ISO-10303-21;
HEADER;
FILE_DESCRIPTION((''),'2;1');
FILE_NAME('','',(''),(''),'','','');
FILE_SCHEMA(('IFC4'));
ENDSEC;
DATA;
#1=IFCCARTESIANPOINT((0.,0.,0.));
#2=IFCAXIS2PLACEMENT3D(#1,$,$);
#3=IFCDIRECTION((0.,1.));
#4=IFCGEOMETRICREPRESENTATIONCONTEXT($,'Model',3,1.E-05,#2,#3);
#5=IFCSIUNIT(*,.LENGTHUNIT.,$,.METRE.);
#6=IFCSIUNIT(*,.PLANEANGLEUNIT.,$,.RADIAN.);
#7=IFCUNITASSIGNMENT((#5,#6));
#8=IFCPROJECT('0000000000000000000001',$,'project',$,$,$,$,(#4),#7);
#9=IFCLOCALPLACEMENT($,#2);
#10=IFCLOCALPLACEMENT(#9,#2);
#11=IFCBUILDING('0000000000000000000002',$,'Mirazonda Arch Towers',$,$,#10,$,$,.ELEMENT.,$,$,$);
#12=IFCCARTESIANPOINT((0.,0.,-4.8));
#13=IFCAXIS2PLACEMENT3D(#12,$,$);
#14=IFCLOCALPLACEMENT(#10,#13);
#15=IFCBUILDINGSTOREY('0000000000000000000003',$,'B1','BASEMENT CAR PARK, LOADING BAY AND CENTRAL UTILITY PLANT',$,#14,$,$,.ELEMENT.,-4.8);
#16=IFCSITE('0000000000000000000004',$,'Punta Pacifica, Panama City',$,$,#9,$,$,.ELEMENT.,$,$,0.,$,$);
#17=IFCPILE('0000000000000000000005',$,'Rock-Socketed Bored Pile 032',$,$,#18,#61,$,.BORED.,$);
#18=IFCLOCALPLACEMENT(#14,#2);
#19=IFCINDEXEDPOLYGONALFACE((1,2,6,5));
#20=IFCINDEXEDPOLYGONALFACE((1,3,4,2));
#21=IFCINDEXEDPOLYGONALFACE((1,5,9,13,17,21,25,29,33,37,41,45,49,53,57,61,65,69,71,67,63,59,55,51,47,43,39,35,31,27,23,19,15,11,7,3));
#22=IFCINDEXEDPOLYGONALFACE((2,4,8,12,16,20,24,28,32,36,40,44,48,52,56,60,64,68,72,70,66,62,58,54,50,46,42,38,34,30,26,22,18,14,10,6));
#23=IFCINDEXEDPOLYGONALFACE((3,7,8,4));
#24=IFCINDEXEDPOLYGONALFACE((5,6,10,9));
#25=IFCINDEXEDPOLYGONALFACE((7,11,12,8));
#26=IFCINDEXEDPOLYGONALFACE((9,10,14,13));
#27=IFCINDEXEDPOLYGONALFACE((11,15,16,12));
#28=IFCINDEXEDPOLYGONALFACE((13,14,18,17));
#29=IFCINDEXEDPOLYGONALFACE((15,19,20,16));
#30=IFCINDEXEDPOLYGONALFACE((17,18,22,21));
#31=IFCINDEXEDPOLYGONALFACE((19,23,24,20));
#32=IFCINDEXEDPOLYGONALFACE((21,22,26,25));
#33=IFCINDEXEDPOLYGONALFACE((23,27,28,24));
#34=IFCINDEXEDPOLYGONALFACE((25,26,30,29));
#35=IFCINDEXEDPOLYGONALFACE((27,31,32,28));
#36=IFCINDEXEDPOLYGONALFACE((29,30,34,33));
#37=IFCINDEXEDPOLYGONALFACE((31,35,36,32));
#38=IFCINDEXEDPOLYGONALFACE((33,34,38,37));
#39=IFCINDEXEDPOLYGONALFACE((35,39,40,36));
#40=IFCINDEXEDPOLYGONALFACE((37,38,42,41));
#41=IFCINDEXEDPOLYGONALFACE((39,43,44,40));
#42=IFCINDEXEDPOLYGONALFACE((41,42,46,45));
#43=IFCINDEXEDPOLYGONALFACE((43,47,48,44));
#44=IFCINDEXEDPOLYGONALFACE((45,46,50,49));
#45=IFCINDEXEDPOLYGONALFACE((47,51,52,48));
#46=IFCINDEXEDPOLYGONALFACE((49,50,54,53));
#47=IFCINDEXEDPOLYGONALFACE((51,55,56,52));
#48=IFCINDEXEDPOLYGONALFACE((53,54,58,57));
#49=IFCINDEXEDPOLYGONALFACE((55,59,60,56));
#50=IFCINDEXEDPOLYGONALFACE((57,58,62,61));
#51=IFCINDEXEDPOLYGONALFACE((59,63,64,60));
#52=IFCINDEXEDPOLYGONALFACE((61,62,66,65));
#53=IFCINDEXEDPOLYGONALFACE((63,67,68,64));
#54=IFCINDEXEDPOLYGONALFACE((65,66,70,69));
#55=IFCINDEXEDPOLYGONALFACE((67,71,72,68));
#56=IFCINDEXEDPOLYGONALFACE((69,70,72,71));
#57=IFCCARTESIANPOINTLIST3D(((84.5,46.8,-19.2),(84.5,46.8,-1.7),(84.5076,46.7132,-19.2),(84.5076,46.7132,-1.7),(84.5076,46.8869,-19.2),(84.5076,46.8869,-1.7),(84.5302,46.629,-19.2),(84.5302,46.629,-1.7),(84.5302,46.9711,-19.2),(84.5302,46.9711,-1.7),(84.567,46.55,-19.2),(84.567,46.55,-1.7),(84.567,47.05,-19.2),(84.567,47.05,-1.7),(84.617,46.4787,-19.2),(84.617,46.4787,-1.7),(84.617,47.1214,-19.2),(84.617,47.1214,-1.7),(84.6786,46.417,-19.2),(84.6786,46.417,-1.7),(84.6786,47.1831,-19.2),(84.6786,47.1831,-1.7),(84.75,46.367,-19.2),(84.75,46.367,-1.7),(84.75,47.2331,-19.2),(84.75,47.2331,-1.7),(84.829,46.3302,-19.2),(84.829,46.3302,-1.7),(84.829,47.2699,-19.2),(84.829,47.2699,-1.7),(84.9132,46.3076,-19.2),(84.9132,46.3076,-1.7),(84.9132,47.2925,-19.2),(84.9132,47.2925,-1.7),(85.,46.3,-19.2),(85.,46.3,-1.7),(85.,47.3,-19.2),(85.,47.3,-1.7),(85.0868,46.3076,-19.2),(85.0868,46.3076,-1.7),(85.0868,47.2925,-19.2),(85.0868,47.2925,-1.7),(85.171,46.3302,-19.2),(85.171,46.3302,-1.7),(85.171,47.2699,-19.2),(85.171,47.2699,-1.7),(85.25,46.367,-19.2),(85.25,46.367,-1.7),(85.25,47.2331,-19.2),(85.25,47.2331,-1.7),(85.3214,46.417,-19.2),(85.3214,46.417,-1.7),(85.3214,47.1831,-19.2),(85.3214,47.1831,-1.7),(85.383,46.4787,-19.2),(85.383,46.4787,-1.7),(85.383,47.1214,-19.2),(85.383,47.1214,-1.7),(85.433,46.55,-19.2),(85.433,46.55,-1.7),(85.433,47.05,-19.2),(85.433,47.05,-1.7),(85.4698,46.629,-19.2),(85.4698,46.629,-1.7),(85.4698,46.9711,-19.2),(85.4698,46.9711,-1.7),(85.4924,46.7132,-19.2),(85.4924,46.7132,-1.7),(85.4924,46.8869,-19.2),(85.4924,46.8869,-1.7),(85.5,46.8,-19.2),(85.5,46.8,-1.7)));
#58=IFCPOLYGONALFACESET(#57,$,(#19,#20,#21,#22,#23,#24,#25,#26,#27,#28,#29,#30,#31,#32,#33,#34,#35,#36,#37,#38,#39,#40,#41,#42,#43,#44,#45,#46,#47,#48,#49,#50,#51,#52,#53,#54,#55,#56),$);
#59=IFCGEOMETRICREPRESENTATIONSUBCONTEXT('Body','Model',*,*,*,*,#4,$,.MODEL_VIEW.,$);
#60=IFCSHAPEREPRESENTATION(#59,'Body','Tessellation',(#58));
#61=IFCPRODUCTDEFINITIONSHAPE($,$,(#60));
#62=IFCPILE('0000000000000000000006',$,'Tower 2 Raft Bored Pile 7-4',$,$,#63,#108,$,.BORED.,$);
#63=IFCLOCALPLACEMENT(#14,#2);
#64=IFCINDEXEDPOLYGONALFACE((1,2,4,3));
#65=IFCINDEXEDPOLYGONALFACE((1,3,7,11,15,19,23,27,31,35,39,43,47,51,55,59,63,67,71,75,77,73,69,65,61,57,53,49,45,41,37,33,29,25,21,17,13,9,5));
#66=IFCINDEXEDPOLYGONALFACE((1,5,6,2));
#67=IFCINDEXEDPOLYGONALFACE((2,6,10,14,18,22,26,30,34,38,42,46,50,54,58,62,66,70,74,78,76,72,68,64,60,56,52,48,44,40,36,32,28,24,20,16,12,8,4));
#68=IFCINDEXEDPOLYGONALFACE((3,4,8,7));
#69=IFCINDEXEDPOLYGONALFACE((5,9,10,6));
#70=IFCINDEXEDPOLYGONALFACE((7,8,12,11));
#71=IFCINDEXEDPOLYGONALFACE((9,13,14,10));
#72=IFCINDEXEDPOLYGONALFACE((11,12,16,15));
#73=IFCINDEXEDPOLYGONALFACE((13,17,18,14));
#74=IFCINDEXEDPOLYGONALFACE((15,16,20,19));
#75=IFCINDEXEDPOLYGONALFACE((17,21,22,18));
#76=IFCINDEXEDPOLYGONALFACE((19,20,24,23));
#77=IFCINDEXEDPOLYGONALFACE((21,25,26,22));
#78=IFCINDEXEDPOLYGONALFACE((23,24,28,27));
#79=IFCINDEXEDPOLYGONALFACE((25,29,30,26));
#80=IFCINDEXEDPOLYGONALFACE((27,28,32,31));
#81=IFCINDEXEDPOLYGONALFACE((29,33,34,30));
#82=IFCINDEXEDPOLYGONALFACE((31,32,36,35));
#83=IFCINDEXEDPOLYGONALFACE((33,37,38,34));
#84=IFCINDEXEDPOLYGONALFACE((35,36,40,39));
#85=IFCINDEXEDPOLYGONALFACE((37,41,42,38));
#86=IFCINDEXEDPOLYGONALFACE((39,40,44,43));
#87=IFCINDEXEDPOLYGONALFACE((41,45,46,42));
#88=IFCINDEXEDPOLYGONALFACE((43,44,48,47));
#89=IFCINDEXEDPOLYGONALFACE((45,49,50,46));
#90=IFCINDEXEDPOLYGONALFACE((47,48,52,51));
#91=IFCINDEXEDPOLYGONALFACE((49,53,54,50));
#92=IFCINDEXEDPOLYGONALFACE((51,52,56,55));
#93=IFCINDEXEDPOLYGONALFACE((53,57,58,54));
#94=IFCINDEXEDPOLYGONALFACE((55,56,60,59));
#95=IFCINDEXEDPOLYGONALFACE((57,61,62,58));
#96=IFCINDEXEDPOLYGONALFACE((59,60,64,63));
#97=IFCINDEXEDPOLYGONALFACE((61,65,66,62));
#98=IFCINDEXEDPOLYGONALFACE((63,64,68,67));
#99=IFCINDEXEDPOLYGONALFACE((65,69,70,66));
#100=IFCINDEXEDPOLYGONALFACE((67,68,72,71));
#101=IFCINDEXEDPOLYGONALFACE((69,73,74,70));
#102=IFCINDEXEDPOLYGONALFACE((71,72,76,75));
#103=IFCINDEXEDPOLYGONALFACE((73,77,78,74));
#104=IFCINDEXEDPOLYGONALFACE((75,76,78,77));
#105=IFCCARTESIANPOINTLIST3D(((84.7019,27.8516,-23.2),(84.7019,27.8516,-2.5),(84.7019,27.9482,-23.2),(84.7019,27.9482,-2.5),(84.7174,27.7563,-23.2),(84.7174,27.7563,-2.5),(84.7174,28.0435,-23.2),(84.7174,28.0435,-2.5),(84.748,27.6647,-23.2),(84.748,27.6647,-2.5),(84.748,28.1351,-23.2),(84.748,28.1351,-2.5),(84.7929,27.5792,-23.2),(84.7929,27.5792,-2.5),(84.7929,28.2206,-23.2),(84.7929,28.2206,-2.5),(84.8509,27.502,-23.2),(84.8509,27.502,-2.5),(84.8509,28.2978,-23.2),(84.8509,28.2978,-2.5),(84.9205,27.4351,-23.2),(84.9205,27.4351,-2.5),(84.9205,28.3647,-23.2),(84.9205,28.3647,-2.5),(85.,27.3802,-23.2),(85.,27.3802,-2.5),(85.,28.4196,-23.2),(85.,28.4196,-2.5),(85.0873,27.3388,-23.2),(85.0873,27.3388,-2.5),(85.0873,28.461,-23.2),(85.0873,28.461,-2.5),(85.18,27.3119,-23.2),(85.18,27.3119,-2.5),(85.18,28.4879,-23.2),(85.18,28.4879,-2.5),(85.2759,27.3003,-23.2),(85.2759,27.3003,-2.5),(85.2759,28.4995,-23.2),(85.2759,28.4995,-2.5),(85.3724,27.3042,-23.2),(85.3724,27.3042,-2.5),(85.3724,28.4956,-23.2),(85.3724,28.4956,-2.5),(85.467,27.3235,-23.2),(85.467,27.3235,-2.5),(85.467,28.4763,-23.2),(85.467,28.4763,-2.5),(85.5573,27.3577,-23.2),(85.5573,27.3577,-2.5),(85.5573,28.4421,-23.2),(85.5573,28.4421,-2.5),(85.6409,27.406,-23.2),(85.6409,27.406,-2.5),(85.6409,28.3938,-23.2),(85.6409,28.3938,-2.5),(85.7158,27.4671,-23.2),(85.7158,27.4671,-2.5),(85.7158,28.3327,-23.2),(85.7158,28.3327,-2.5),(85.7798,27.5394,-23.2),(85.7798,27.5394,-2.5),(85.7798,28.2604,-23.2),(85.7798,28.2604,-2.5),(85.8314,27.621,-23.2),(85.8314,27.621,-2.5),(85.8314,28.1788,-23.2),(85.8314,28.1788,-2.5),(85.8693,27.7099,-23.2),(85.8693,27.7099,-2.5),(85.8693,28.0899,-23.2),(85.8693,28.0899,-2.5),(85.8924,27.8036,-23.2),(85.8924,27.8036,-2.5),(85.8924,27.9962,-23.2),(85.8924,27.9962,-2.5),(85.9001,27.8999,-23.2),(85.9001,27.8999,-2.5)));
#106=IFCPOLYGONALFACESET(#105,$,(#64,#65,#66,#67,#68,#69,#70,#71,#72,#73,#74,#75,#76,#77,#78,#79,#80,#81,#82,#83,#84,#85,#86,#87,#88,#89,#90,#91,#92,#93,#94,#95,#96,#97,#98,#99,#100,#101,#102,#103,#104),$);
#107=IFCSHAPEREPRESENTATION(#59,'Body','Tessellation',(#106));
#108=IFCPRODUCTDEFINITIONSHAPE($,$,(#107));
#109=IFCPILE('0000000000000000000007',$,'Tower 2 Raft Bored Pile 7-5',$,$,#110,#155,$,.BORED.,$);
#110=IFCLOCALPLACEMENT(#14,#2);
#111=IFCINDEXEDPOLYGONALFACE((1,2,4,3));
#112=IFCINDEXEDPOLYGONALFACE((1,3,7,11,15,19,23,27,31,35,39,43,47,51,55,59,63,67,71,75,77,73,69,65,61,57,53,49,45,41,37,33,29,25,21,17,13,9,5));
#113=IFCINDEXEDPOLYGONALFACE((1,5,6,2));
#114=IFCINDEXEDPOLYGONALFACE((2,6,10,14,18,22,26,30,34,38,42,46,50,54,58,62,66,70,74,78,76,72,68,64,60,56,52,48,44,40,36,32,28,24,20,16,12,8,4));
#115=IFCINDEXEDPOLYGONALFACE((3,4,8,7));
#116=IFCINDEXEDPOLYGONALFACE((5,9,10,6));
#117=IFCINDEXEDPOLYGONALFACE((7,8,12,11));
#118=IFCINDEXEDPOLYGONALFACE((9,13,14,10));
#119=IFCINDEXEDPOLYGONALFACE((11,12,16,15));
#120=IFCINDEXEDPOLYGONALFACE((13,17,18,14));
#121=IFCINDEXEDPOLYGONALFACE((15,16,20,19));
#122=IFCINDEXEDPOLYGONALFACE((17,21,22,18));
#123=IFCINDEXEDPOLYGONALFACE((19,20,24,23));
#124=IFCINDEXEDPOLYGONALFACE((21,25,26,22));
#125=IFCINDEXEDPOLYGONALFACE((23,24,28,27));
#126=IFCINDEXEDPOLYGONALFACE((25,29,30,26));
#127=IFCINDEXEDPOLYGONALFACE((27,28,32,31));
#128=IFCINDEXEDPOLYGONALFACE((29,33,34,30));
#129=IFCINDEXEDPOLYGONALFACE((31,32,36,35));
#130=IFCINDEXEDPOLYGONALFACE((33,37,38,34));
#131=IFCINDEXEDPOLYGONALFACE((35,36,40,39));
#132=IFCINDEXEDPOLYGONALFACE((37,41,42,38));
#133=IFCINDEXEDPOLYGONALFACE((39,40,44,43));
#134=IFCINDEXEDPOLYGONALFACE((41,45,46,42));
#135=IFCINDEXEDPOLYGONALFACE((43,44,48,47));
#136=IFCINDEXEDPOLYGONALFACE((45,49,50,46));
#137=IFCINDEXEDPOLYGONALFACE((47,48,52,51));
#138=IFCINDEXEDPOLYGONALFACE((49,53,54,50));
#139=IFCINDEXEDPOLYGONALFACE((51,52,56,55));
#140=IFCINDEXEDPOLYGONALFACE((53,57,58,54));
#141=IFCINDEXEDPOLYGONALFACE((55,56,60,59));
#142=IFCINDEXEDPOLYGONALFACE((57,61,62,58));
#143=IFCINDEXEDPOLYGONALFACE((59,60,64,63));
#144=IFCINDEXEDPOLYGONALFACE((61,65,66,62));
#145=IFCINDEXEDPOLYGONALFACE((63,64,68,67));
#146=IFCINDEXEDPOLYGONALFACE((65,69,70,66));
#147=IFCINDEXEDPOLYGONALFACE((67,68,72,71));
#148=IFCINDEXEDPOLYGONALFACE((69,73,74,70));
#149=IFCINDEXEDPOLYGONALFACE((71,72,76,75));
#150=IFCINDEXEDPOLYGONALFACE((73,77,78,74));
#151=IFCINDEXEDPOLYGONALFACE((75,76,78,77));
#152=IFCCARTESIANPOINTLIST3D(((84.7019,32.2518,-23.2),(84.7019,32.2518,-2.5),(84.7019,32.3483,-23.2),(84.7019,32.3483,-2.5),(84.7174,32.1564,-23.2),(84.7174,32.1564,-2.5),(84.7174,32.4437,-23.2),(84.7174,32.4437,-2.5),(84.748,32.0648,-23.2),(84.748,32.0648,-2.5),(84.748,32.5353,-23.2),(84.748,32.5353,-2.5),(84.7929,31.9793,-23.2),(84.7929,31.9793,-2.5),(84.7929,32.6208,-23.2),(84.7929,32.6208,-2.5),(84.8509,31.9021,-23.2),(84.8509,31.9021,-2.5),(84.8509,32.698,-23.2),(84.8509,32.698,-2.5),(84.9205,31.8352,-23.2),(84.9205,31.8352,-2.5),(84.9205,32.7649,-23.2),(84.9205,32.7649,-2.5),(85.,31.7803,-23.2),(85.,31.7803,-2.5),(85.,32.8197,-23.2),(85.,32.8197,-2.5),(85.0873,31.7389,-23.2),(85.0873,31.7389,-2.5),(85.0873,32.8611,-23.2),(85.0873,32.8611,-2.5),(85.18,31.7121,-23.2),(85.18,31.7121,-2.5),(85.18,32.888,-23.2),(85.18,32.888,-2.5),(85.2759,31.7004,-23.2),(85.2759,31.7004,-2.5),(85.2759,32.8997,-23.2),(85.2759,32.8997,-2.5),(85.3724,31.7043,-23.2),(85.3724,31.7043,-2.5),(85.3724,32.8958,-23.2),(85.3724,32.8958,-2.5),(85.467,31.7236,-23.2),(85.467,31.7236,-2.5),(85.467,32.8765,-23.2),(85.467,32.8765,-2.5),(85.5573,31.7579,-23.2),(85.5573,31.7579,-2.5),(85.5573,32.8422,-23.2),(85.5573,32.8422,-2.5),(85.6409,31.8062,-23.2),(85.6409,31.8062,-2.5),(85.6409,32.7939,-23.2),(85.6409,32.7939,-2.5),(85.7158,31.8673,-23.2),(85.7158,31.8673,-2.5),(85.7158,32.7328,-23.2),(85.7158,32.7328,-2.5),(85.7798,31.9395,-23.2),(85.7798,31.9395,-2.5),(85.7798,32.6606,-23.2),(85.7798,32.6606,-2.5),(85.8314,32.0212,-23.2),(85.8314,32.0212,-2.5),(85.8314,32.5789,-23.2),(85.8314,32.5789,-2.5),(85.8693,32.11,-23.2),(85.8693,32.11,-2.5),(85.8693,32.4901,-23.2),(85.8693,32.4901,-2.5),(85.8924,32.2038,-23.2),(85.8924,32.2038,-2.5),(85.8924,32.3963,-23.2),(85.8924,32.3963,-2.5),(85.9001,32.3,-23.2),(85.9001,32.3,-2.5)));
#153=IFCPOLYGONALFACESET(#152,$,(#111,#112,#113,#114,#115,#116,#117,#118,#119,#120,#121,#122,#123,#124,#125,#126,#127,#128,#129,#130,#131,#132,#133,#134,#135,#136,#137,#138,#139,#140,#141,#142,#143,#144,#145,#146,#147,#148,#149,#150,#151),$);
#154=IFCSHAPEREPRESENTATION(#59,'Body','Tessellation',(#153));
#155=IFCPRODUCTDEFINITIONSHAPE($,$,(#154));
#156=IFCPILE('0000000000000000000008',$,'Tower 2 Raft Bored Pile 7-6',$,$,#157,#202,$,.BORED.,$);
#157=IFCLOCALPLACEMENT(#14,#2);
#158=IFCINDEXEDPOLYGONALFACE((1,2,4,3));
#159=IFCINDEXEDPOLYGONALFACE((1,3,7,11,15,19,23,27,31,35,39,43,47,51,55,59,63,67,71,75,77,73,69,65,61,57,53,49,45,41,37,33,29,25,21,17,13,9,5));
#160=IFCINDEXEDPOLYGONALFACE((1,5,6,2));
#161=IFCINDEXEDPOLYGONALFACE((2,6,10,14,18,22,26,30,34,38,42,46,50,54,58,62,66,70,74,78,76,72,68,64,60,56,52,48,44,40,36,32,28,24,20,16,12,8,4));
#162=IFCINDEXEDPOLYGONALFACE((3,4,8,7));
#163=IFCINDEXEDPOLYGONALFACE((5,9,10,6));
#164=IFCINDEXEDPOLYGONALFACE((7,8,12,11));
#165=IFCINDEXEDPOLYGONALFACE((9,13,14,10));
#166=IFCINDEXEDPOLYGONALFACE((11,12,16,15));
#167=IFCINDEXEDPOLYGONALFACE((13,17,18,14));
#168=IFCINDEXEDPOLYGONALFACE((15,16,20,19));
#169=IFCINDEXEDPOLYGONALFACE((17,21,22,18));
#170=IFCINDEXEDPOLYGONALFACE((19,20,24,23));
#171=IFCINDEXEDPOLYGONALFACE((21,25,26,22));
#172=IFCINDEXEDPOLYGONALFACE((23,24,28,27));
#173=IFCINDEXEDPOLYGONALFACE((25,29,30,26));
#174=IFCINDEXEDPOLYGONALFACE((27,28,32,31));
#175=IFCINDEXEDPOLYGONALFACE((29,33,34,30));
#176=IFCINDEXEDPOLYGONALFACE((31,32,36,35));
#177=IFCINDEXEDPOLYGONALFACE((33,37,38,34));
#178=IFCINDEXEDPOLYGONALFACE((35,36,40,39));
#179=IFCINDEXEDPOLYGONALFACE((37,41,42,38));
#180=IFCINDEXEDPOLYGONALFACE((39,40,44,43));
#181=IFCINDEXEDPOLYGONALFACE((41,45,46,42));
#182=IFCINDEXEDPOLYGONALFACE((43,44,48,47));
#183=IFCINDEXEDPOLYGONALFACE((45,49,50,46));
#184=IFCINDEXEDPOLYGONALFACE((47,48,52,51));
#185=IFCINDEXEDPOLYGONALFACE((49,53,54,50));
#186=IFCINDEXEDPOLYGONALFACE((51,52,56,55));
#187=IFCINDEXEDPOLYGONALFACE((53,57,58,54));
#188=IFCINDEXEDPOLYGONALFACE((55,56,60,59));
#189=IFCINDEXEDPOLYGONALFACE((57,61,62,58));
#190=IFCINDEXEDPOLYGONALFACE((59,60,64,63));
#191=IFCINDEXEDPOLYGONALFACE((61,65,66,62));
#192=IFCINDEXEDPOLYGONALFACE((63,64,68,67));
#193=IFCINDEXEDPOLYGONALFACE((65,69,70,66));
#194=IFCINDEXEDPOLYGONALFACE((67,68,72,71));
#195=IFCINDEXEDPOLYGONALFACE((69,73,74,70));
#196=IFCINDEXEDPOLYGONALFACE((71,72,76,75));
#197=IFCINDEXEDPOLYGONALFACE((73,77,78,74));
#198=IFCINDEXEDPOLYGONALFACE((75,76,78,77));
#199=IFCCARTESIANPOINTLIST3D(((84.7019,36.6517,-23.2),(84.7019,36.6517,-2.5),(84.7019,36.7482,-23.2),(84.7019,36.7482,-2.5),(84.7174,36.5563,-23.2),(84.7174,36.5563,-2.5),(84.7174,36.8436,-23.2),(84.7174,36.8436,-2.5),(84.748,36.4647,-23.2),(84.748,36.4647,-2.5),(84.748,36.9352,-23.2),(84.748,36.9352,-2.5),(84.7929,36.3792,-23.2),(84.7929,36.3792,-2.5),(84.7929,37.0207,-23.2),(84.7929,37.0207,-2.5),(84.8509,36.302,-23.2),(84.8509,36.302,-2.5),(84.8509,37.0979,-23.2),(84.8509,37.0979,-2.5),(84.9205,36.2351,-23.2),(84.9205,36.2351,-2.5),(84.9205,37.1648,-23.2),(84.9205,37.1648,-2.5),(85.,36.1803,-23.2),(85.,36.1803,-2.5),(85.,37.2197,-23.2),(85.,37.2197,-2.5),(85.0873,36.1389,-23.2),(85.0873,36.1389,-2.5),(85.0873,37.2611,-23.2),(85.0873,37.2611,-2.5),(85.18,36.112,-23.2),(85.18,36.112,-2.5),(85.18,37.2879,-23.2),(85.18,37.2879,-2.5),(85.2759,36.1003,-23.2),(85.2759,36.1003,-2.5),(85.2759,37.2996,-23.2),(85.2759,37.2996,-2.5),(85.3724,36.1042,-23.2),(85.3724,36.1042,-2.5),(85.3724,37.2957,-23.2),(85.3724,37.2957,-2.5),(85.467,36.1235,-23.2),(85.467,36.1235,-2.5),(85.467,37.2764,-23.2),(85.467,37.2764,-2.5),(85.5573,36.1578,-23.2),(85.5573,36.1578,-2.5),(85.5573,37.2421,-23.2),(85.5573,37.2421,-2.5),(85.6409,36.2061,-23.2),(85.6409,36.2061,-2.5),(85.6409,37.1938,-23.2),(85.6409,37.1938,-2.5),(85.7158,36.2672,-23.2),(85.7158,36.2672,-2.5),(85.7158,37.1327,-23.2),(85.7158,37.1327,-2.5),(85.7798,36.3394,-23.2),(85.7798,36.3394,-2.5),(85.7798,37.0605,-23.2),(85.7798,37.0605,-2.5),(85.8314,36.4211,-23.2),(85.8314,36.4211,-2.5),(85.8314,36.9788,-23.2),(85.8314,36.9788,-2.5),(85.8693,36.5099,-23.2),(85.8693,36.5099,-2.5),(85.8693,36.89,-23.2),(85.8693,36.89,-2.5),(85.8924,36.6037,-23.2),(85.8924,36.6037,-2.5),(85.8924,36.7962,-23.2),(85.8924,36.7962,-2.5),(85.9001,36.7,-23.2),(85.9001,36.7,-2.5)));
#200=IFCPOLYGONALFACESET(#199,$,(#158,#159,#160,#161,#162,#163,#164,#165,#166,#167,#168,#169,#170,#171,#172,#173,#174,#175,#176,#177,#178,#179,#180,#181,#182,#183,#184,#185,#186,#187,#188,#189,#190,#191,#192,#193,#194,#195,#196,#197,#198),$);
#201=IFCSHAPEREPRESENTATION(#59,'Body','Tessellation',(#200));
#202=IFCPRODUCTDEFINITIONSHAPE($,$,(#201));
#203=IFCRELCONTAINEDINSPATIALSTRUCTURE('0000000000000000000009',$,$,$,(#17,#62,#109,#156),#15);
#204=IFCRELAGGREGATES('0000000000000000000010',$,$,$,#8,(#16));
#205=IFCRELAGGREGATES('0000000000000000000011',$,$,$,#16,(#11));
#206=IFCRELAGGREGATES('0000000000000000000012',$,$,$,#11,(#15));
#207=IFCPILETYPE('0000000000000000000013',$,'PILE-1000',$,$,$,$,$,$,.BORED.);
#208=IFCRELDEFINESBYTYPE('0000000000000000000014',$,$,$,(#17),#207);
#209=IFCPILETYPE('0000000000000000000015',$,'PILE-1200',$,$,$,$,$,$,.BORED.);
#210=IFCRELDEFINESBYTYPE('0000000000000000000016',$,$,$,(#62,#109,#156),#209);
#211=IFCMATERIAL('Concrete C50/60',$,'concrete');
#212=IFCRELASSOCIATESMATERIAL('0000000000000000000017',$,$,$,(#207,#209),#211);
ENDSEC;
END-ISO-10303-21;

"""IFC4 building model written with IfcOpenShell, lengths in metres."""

from ifc_helpers import new_model, si_unit, direction, frame, origin, origin_2d, place, context, subcontext, project, spatial, circle, extrude, material, material_profile, profile_set, type_object, element, save


model = new_model("IFC4")

# Units and contexts
model_context = context("Model", 3, precision=1e-05, world=origin(), true_north=direction((0.0, 1.0)))
body_context = subcontext(model_context, "Body", "Model", "MODEL_VIEW")
ifc_project = project(units=[si_unit("LENGTHUNIT", "METRE"), si_unit("PLANEANGLEUNIT", "RADIAN")], contexts=[model_context])

# Site, building, storey
site_placement = place(None, origin())
site = spatial("IfcSite", under=ifc_project, at=site_placement, Name="Punta Pacifica, Panama City", CompositionType="ELEMENT", RefElevation=0.0)
building_placement = place(site_placement, origin())
building = spatial("IfcBuilding", under=site, at=building_placement, Name="Mirazonda Arch Towers", CompositionType="ELEMENT")
storey_placement = place(building_placement, frame((0.0, 0.0, -4.8)))
storey = spatial("IfcBuildingStorey", under=building, at=storey_placement, Name="B1", Description="BASEMENT CAR PARK, LOADING BAY AND CENTRAL UTILITY PLANT", CompositionType="ELEMENT", Elevation=-4.8)

# Piles
ifc_material_1 = material(Name="Concrete C50/60", Category="concrete")
ifc_material_profile_1 = material_profile(ifc_material_1, circle(Radius=0.5, at=origin_2d()), Name="BORED-D1000")
ifc_profile_set_1 = profile_set([ifc_material_profile_1], Name="Concrete C50/60")
pile_type_1 = type_object("IfcPileType", Name="PILE-1000", PredefinedType="BORED", material=ifc_profile_set_1)
pile_placement = place(storey_placement, frame((85.0, 46.8, -1.7), z_axis=(0.0, 0.0, -1.0), x_axis=(1.0, 0.0, 0.0)))
element("IfcPile", 1, at=pile_placement, inside=storey, type_object=pile_type_1, Name="Rock-Socketed Bored Pile 032", PredefinedType="BORED", context=body_context, shape_type="SweptSolid", body=[
    extrude(circle(Radius=0.5, at=origin_2d()), origin(), (0.0, 0.0, 1.0), 17.5),
])
ifc_material_profile_2 = material_profile(ifc_material_1, circle(Radius=0.6001, at=origin_2d()), Name="BORED-D1200")
ifc_profile_set_2 = profile_set([ifc_material_profile_2], Name="Concrete C50/60")
pile_type_2 = type_object("IfcPileType", Name="PILE-1200", PredefinedType="BORED", material=ifc_profile_set_2)
for number, where, z_axis, x_axis, name in (
    (2, (85.3, 27.8999, -2.5), (0.0, 0.0, -1.0), (1.0, 0.0, 0.0), "Tower 2 Raft Bored Pile 7-4"),
    (3, (85.3, 32.3, -2.5), (0.0, 0.0, -1.0), (1.0, 0.0, 0.0), "Tower 2 Raft Bored Pile 7-5"),
    (4, (85.3, 36.7, -2.5), (0.0, 0.0, -1.0), (1.0, 0.0, 0.0), "Tower 2 Raft Bored Pile 7-6"),
):
    element("IfcPile", number, at=place(storey_placement, frame(where, z_axis=z_axis, x_axis=x_axis)), inside=storey, type_object=pile_type_2, Name=name, PredefinedType="BORED", context=body_context, shape_type="SweptSolid", body=[
        extrude(circle(Radius=0.6001, at=origin_2d()), origin(), (0.0, 0.0, 1.0), 20.7),
    ])

save(model, "model.ifc")
